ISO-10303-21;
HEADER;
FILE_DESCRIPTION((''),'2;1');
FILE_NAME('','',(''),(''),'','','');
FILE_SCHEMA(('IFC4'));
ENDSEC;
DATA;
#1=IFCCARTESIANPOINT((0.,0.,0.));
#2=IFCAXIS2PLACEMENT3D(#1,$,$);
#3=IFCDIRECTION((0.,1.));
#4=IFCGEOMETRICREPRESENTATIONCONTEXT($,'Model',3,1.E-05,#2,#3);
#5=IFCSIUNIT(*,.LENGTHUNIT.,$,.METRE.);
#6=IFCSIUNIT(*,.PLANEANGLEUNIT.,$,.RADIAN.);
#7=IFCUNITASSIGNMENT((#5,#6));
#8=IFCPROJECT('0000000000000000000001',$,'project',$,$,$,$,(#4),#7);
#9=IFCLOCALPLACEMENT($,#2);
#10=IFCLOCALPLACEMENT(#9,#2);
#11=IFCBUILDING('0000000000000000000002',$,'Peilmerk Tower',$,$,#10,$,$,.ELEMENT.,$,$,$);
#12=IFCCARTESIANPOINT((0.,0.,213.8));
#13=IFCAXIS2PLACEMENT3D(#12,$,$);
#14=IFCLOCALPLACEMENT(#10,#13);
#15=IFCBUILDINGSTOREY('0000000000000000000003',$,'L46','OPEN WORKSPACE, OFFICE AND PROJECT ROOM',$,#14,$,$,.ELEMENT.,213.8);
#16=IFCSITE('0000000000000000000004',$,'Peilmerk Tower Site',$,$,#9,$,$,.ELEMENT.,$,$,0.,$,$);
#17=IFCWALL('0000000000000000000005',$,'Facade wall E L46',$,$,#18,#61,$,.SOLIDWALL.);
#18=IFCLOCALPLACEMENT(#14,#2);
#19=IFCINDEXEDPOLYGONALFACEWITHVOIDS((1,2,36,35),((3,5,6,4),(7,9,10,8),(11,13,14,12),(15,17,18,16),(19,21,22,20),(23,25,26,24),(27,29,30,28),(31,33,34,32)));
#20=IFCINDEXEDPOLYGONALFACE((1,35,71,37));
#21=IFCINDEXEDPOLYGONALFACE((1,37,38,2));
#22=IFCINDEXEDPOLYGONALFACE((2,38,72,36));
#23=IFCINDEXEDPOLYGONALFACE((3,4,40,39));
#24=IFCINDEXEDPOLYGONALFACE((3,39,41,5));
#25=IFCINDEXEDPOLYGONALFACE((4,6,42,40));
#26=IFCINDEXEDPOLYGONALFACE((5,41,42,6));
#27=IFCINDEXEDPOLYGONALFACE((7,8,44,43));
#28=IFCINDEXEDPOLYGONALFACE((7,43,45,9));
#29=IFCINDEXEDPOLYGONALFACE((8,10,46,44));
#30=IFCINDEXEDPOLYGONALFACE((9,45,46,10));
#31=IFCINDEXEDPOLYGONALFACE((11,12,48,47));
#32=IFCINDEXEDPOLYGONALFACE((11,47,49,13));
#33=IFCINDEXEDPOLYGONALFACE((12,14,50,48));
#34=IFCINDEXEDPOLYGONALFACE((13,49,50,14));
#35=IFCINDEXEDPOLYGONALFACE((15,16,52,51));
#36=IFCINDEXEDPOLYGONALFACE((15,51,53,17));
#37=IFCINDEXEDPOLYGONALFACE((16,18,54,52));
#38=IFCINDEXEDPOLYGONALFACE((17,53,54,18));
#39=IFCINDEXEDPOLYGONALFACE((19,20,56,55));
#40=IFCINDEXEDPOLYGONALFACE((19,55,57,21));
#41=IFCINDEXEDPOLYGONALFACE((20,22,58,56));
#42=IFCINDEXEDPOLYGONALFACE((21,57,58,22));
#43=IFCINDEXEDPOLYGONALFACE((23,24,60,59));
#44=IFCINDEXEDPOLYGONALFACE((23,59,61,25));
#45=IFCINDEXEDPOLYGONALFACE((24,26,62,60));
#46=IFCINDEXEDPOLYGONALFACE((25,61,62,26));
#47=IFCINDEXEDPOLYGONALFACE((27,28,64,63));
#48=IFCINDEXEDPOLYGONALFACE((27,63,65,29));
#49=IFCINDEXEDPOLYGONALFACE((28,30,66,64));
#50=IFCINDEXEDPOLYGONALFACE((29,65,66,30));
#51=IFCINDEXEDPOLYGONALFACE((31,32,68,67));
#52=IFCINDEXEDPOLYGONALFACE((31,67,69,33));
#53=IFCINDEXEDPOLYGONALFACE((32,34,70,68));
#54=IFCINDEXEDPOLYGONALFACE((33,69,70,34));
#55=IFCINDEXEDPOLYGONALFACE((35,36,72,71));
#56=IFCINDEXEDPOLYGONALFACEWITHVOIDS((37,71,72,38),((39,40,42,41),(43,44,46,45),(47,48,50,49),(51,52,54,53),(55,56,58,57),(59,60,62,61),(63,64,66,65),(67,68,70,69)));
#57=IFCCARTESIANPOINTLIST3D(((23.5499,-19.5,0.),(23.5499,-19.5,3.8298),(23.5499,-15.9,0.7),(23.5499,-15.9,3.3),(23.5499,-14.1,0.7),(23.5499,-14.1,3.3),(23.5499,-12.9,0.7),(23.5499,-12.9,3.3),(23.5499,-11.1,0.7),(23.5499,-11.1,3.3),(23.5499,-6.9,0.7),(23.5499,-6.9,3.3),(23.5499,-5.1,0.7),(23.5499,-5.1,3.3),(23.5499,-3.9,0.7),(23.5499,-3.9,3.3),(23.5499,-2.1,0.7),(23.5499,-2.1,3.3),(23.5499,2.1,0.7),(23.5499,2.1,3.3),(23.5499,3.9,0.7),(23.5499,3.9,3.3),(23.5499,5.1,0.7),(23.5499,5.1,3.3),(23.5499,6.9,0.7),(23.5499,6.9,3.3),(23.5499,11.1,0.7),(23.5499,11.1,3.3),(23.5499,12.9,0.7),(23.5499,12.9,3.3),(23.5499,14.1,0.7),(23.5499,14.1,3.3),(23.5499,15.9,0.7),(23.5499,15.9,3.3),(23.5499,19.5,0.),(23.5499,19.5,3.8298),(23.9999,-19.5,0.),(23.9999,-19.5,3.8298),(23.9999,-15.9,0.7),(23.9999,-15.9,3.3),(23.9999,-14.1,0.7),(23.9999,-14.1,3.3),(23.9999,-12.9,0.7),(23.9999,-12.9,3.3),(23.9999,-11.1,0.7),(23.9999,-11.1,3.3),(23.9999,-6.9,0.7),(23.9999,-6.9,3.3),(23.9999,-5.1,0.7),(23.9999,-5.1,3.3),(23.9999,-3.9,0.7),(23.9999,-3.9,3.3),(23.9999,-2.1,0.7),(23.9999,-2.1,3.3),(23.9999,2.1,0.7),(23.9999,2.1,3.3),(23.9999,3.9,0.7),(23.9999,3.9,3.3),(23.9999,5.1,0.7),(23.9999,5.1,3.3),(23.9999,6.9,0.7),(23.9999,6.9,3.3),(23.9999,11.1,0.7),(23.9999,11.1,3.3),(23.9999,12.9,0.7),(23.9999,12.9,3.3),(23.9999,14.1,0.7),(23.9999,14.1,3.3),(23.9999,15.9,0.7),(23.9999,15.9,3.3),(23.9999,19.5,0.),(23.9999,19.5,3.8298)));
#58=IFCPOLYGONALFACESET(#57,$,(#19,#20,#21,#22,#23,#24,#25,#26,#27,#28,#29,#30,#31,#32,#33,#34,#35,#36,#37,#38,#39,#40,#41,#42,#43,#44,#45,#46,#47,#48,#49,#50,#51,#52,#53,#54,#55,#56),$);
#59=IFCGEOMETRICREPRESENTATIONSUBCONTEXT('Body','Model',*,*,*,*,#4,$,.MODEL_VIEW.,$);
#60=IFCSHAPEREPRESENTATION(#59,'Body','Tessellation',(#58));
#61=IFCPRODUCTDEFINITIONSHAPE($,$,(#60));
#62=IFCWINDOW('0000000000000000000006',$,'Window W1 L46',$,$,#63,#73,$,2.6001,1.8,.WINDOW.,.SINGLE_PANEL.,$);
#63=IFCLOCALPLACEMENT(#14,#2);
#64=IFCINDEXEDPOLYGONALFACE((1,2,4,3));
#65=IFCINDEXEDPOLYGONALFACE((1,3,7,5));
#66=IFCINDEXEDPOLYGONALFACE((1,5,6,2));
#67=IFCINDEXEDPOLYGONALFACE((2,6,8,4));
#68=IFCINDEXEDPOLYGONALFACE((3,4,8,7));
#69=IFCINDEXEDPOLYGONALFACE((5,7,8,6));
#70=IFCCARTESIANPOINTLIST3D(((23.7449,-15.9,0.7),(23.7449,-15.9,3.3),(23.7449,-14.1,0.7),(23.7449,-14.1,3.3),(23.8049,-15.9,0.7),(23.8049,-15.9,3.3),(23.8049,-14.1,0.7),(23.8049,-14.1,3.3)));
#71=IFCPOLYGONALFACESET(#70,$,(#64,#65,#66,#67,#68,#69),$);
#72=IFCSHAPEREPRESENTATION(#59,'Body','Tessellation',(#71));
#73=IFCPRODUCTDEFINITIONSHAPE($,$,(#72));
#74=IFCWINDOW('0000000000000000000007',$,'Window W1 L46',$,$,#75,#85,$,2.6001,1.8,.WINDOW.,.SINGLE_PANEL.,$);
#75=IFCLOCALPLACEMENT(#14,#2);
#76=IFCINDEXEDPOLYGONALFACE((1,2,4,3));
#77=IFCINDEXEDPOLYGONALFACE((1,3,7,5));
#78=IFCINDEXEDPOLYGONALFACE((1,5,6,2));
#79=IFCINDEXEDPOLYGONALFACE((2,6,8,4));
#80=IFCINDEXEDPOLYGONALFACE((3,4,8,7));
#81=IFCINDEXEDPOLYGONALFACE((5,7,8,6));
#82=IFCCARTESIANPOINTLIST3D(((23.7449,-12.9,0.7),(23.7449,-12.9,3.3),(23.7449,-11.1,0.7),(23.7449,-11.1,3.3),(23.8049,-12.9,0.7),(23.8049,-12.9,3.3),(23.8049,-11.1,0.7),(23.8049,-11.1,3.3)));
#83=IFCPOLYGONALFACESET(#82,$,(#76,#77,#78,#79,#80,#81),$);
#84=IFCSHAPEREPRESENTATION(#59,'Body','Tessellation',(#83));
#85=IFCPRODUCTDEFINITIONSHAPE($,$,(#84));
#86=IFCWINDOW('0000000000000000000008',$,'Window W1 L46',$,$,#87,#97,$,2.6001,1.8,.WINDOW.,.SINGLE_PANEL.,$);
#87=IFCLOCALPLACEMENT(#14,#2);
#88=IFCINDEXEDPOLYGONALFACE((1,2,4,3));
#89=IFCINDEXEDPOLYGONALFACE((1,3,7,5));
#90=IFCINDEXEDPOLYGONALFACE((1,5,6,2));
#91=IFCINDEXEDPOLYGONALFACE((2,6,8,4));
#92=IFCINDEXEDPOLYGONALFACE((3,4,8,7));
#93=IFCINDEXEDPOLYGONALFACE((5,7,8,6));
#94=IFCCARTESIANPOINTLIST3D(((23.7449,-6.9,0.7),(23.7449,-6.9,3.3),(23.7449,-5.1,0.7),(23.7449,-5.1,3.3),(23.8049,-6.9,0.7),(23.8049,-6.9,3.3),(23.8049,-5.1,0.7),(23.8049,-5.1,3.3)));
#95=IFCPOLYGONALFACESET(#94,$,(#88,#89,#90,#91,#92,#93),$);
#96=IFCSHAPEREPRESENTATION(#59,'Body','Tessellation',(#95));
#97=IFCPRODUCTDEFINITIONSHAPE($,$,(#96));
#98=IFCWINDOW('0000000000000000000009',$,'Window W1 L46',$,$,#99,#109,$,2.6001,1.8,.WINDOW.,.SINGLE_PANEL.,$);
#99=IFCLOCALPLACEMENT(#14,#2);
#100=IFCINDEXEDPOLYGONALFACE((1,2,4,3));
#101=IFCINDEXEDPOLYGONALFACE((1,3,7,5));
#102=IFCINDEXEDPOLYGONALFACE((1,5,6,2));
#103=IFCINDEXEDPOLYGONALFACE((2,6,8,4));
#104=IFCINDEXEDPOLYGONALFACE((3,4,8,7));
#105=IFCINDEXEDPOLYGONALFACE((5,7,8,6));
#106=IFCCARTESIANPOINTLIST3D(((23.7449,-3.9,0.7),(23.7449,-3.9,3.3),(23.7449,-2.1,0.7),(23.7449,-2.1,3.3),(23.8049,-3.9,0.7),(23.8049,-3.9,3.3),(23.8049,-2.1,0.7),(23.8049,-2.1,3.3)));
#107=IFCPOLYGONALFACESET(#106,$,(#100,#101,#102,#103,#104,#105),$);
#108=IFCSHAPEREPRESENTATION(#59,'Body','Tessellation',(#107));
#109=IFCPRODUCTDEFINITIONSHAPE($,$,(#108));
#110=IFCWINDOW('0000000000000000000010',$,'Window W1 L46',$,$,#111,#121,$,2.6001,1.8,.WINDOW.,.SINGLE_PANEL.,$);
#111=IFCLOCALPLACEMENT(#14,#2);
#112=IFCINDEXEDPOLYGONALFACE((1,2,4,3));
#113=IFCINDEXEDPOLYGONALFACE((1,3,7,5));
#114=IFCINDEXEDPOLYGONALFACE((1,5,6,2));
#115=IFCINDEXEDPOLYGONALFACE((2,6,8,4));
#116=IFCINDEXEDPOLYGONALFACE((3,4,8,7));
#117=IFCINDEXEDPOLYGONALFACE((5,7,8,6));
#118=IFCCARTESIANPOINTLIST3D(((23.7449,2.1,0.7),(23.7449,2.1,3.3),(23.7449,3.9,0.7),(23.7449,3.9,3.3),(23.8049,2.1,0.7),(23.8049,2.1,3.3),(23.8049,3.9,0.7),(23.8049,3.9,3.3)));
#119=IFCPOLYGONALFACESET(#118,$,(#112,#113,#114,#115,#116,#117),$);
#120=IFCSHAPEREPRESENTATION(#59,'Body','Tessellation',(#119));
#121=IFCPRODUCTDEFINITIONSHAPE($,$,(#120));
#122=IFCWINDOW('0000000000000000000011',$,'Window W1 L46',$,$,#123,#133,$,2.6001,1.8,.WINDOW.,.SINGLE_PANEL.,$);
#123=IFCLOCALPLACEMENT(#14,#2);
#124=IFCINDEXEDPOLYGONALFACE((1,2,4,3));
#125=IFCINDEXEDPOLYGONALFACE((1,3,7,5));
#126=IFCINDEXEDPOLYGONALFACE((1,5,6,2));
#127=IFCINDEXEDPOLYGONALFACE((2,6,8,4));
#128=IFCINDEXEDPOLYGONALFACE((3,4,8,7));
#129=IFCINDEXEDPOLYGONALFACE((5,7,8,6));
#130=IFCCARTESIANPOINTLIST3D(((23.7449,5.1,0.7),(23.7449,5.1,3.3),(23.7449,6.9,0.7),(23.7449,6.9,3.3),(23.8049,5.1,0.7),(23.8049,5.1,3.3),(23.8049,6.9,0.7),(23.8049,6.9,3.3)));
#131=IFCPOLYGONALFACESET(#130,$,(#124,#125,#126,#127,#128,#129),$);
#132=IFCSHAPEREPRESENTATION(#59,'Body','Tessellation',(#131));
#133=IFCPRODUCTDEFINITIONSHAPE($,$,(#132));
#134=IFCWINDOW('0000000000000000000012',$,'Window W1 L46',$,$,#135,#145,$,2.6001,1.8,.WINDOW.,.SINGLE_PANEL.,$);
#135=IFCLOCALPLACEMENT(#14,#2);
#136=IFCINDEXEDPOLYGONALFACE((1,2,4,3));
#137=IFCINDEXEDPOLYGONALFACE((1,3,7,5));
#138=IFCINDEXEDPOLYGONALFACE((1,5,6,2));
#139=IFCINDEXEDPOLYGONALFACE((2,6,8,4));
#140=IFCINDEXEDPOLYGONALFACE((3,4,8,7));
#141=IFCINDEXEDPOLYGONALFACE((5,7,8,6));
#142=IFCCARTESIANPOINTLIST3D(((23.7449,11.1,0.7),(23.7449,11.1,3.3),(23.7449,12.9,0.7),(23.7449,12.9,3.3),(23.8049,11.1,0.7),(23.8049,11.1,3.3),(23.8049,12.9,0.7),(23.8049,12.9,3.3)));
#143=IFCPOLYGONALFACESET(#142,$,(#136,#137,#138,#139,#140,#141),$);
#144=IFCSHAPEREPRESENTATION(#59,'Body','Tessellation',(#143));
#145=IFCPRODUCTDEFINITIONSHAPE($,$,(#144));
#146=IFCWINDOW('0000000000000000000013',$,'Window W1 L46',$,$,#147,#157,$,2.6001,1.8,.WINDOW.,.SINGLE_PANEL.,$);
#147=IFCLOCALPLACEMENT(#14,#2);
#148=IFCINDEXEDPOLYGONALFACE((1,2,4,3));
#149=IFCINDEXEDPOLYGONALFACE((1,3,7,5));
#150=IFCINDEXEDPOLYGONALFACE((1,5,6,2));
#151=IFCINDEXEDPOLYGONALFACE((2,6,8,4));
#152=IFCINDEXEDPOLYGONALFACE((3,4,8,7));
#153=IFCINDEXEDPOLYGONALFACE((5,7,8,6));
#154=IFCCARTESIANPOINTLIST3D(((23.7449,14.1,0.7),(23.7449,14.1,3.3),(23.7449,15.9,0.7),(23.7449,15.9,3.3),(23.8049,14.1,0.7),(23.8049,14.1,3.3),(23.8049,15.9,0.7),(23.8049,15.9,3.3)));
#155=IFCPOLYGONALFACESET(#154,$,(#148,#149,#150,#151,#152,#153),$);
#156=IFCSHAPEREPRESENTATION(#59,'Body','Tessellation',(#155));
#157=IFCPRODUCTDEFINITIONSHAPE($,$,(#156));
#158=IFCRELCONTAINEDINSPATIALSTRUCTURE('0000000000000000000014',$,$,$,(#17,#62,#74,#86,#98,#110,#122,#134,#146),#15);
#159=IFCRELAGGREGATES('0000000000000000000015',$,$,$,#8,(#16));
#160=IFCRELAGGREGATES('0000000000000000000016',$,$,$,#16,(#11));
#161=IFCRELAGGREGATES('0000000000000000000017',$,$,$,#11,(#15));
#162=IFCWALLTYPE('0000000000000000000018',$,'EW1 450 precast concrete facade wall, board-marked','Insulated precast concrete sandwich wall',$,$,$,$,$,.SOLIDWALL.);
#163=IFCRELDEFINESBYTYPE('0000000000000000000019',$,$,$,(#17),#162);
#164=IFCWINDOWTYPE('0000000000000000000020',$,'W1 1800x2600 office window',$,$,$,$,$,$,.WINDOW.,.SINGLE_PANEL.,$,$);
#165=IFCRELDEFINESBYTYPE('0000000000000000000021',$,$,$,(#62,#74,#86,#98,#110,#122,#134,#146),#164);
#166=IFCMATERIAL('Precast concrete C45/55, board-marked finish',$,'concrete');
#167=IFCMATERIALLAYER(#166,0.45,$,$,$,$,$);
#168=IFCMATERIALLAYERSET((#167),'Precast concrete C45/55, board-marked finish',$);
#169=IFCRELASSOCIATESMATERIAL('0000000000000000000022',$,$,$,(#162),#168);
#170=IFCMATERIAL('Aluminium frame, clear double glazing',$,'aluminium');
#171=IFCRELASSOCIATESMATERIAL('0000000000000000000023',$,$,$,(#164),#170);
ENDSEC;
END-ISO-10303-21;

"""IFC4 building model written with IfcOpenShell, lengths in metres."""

from ifc_helpers import new_model, si_unit, direction, frame, frame_2d, origin, place, context, subcontext, project, spatial, rectangle, extrude, material, layer, layer_set, type_object, element, fill, save


model = new_model("IFC4")

# Units and contexts
model_context = context("Model", 3, precision=1e-05, world=origin(), true_north=direction((0.0, 1.0)))
body_context = subcontext(model_context, "Body", "Model", "MODEL_VIEW")
ifc_project = project(units=[si_unit("LENGTHUNIT", "METRE"), si_unit("PLANEANGLEUNIT", "RADIAN")], contexts=[model_context])

# Site, building, storey
site_placement = place(None, origin())
site = spatial("IfcSite", under=ifc_project, at=site_placement, Name="Peilmerk Tower Site", CompositionType="ELEMENT", RefElevation=0.0)
building_placement = place(site_placement, origin())
building = spatial("IfcBuilding", under=site, at=building_placement, Name="Peilmerk Tower", CompositionType="ELEMENT")
storey_placement = place(building_placement, frame((0.0, 0.0, 213.8)))
storey = spatial("IfcBuildingStorey", under=building, at=storey_placement, Name="L46", Description="OPEN WORKSPACE, OFFICE AND PROJECT ROOM", CompositionType="ELEMENT", Elevation=213.8)

# Wall, openings, windows
ifc_material_1 = material(Name="Precast concrete C45/55, board-marked finish", Category="concrete")
ifc_layer_1 = layer(ifc_material_1, 0.45)
ifc_layer_set_1 = layer_set([ifc_layer_1], Name="Precast concrete C45/55, board-marked finish")
wall_type = type_object("IfcWallType", Name="EW1 450 precast concrete facade wall, board-marked", Description="Insulated precast concrete sandwich wall", PredefinedType="SOLIDWALL", material=ifc_layer_set_1)
wall_1_placement = place(storey_placement, frame((23.7749, -19.5, 0.0), z_axis=(0.0, 0.0, 1.0), x_axis=(0.0, 1.0, 0.0)))
wall_1 = element("IfcWall", 1, at=wall_1_placement, inside=storey, type_object=wall_type, Name="Facade wall E L46", PredefinedType="SOLIDWALL", context=body_context, shape_type="SweptSolid", body=[
    extrude(rectangle(XDim=39.0, YDim=0.45, at=frame_2d((19.5, 0.0))), origin(), (0.0, 0.0, 1.0), 3.8298),
])
opening_1_placement = place(wall_1_placement, frame((3.6001, 0.0, 0.7)))
opening_1 = element("IfcOpeningElement", 2, at=opening_1_placement, cuts=wall_1, PredefinedType="OPENING", context=body_context, shape_type="SweptSolid", body=[
    extrude(rectangle(XDim=1.8, YDim=2.6001, at=frame_2d((0.8999, 1.3))), frame((0.0, 0.2349, 0.0), z_axis=(0.0, -1.0, 0.0), x_axis=(1.0, 0.0, 0.0)), (0.0, 0.0, 1.0), 0.47),
])
opening_2_placement = place(wall_1_placement, frame((6.6001, 0.0, 0.7)))
opening_2 = element("IfcOpeningElement", 3, at=opening_2_placement, cuts=wall_1, PredefinedType="OPENING", context=body_context, shape_type="SweptSolid", body=[
    extrude(rectangle(XDim=1.8, YDim=2.6001, at=frame_2d((0.8999, 1.3))), frame((0.0, 0.2349, 0.0), z_axis=(0.0, -1.0, 0.0), x_axis=(1.0, 0.0, 0.0)), (0.0, 0.0, 1.0), 0.47),
])
opening_3_placement = place(wall_1_placement, frame((12.6001, 0.0, 0.7)))
opening_3 = element("IfcOpeningElement", 4, at=opening_3_placement, cuts=wall_1, PredefinedType="OPENING", context=body_context, shape_type="SweptSolid", body=[
    extrude(rectangle(XDim=1.8, YDim=2.6001, at=frame_2d((0.8999, 1.3))), frame((0.0, 0.2349, 0.0), z_axis=(0.0, -1.0, 0.0), x_axis=(1.0, 0.0, 0.0)), (0.0, 0.0, 1.0), 0.47),
])
opening_4_placement = place(wall_1_placement, frame((15.6001, 0.0, 0.7)))
opening_4 = element("IfcOpeningElement", 5, at=opening_4_placement, cuts=wall_1, PredefinedType="OPENING", context=body_context, shape_type="SweptSolid", body=[
    extrude(rectangle(XDim=1.8, YDim=2.6001, at=frame_2d((0.8999, 1.3))), frame((0.0, 0.2349, 0.0), z_axis=(0.0, -1.0, 0.0), x_axis=(1.0, 0.0, 0.0)), (0.0, 0.0, 1.0), 0.47),
])
opening_5_placement = place(wall_1_placement, frame((21.6001, 0.0, 0.7)))
opening_5 = element("IfcOpeningElement", 6, at=opening_5_placement, cuts=wall_1, PredefinedType="OPENING", context=body_context, shape_type="SweptSolid", body=[
    extrude(rectangle(XDim=1.8, YDim=2.6001, at=frame_2d((0.8999, 1.3))), frame((0.0, 0.2349, 0.0), z_axis=(0.0, -1.0, 0.0), x_axis=(1.0, 0.0, 0.0)), (0.0, 0.0, 1.0), 0.47),
])
opening_6_placement = place(wall_1_placement, frame((24.6001, 0.0, 0.7)))
opening_6 = element("IfcOpeningElement", 7, at=opening_6_placement, cuts=wall_1, PredefinedType="OPENING", context=body_context, shape_type="SweptSolid", body=[
    extrude(rectangle(XDim=1.8, YDim=2.6001, at=frame_2d((0.8999, 1.3))), frame((0.0, 0.2349, 0.0), z_axis=(0.0, -1.0, 0.0), x_axis=(1.0, 0.0, 0.0)), (0.0, 0.0, 1.0), 0.47),
])
opening_7_placement = place(wall_1_placement, frame((30.6001, 0.0, 0.7)))
opening_7 = element("IfcOpeningElement", 8, at=opening_7_placement, cuts=wall_1, PredefinedType="OPENING", context=body_context, shape_type="SweptSolid", body=[
    extrude(rectangle(XDim=1.8, YDim=2.6001, at=frame_2d((0.8999, 1.3))), frame((0.0, 0.2349, 0.0), z_axis=(0.0, -1.0, 0.0), x_axis=(1.0, 0.0, 0.0)), (0.0, 0.0, 1.0), 0.47),
])
opening_8_placement = place(wall_1_placement, frame((33.6001, 0.0, 0.7)))
opening_8 = element("IfcOpeningElement", 9, at=opening_8_placement, cuts=wall_1, PredefinedType="OPENING", context=body_context, shape_type="SweptSolid", body=[
    extrude(rectangle(XDim=1.8, YDim=2.6001, at=frame_2d((0.8999, 1.3))), frame((0.0, 0.2349, 0.0), z_axis=(0.0, -1.0, 0.0), x_axis=(1.0, 0.0, 0.0)), (0.0, 0.0, 1.0), 0.47),
])
ifc_material_2 = material(Name="Aluminium frame, clear double glazing", Category="aluminium")
window_type = type_object("IfcWindowType", Name="W1 1800x2600 office window", PartitioningType="SINGLE_PANEL", PredefinedType="WINDOW", material=ifc_material_2)
window_1_placement = place(opening_1_placement, origin())
window_1 = element("IfcWindow", 10, at=window_1_placement, inside=storey, type_object=window_type, Name="Window W1 L46", OverallHeight=2.6001, OverallWidth=1.8, PartitioningType="SINGLE_PANEL", PredefinedType="WINDOW", context=body_context, shape_type="SweptSolid", body=[
    extrude(rectangle(XDim=1.8, YDim=2.6001, at=frame_2d((0.8999, 1.3))), frame((0.0, 0.03, 0.0), z_axis=(0.0, -1.0, 0.0), x_axis=(1.0, 0.0, 0.0)), (0.0, 0.0, 1.0), 0.0601),
])
fill(opening_1, window_1)
window_2_placement = place(opening_2_placement, origin())
window_2 = element("IfcWindow", 11, at=window_2_placement, inside=storey, type_object=window_type, Name="Window W1 L46", OverallHeight=2.6001, OverallWidth=1.8, PartitioningType="SINGLE_PANEL", PredefinedType="WINDOW", context=body_context, shape_type="SweptSolid", body=[
    extrude(rectangle(XDim=1.8, YDim=2.6001, at=frame_2d((0.8999, 1.3))), frame((0.0, 0.03, 0.0), z_axis=(0.0, -1.0, 0.0), x_axis=(1.0, 0.0, 0.0)), (0.0, 0.0, 1.0), 0.0601),
])
fill(opening_2, window_2)
window_3_placement = place(opening_3_placement, origin())
window_3 = element("IfcWindow", 12, at=window_3_placement, inside=storey, type_object=window_type, Name="Window W1 L46", OverallHeight=2.6001, OverallWidth=1.8, PartitioningType="SINGLE_PANEL", PredefinedType="WINDOW", context=body_context, shape_type="SweptSolid", body=[
    extrude(rectangle(XDim=1.8, YDim=2.6001, at=frame_2d((0.8999, 1.3))), frame((0.0, 0.03, 0.0), z_axis=(0.0, -1.0, 0.0), x_axis=(1.0, 0.0, 0.0)), (0.0, 0.0, 1.0), 0.0601),
])
fill(opening_3, window_3)
window_4_placement = place(opening_4_placement, origin())
window_4 = element("IfcWindow", 13, at=window_4_placement, inside=storey, type_object=window_type, Name="Window W1 L46", OverallHeight=2.6001, OverallWidth=1.8, PartitioningType="SINGLE_PANEL", PredefinedType="WINDOW", context=body_context, shape_type="SweptSolid", body=[
    extrude(rectangle(XDim=1.8, YDim=2.6001, at=frame_2d((0.8999, 1.3))), frame((0.0, 0.03, 0.0), z_axis=(0.0, -1.0, 0.0), x_axis=(1.0, 0.0, 0.0)), (0.0, 0.0, 1.0), 0.0601),
])
fill(opening_4, window_4)
window_5_placement = place(opening_5_placement, origin())
window_5 = element("IfcWindow", 14, at=window_5_placement, inside=storey, type_object=window_type, Name="Window W1 L46", OverallHeight=2.6001, OverallWidth=1.8, PartitioningType="SINGLE_PANEL", PredefinedType="WINDOW", context=body_context, shape_type="SweptSolid", body=[
    extrude(rectangle(XDim=1.8, YDim=2.6001, at=frame_2d((0.8999, 1.3))), frame((0.0, 0.03, 0.0), z_axis=(0.0, -1.0, 0.0), x_axis=(1.0, 0.0, 0.0)), (0.0, 0.0, 1.0), 0.0601),
])
fill(opening_5, window_5)
window_6_placement = place(opening_6_placement, origin())
window_6 = element("IfcWindow", 15, at=window_6_placement, inside=storey, type_object=window_type, Name="Window W1 L46", OverallHeight=2.6001, OverallWidth=1.8, PartitioningType="SINGLE_PANEL", PredefinedType="WINDOW", context=body_context, shape_type="SweptSolid", body=[
    extrude(rectangle(XDim=1.8, YDim=2.6001, at=frame_2d((0.8999, 1.3))), frame((0.0, 0.03, 0.0), z_axis=(0.0, -1.0, 0.0), x_axis=(1.0, 0.0, 0.0)), (0.0, 0.0, 1.0), 0.0601),
])
fill(opening_6, window_6)
window_7_placement = place(opening_7_placement, origin())
window_7 = element("IfcWindow", 16, at=window_7_placement, inside=storey, type_object=window_type, Name="Window W1 L46", OverallHeight=2.6001, OverallWidth=1.8, PartitioningType="SINGLE_PANEL", PredefinedType="WINDOW", context=body_context, shape_type="SweptSolid", body=[
    extrude(rectangle(XDim=1.8, YDim=2.6001, at=frame_2d((0.8999, 1.3))), frame((0.0, 0.03, 0.0), z_axis=(0.0, -1.0, 0.0), x_axis=(1.0, 0.0, 0.0)), (0.0, 0.0, 1.0), 0.0601),
])
fill(opening_7, window_7)
window_8_placement = place(opening_8_placement, origin())
window_8 = element("IfcWindow", 17, at=window_8_placement, inside=storey, type_object=window_type, Name="Window W1 L46", OverallHeight=2.6001, OverallWidth=1.8, PartitioningType="SINGLE_PANEL", PredefinedType="WINDOW", context=body_context, shape_type="SweptSolid", body=[
    extrude(rectangle(XDim=1.8, YDim=2.6001, at=frame_2d((0.8999, 1.3))), frame((0.0, 0.03, 0.0), z_axis=(0.0, -1.0, 0.0), x_axis=(1.0, 0.0, 0.0)), (0.0, 0.0, 1.0), 0.0601),
])
fill(opening_8, window_8)

save(model, "model.ifc")
